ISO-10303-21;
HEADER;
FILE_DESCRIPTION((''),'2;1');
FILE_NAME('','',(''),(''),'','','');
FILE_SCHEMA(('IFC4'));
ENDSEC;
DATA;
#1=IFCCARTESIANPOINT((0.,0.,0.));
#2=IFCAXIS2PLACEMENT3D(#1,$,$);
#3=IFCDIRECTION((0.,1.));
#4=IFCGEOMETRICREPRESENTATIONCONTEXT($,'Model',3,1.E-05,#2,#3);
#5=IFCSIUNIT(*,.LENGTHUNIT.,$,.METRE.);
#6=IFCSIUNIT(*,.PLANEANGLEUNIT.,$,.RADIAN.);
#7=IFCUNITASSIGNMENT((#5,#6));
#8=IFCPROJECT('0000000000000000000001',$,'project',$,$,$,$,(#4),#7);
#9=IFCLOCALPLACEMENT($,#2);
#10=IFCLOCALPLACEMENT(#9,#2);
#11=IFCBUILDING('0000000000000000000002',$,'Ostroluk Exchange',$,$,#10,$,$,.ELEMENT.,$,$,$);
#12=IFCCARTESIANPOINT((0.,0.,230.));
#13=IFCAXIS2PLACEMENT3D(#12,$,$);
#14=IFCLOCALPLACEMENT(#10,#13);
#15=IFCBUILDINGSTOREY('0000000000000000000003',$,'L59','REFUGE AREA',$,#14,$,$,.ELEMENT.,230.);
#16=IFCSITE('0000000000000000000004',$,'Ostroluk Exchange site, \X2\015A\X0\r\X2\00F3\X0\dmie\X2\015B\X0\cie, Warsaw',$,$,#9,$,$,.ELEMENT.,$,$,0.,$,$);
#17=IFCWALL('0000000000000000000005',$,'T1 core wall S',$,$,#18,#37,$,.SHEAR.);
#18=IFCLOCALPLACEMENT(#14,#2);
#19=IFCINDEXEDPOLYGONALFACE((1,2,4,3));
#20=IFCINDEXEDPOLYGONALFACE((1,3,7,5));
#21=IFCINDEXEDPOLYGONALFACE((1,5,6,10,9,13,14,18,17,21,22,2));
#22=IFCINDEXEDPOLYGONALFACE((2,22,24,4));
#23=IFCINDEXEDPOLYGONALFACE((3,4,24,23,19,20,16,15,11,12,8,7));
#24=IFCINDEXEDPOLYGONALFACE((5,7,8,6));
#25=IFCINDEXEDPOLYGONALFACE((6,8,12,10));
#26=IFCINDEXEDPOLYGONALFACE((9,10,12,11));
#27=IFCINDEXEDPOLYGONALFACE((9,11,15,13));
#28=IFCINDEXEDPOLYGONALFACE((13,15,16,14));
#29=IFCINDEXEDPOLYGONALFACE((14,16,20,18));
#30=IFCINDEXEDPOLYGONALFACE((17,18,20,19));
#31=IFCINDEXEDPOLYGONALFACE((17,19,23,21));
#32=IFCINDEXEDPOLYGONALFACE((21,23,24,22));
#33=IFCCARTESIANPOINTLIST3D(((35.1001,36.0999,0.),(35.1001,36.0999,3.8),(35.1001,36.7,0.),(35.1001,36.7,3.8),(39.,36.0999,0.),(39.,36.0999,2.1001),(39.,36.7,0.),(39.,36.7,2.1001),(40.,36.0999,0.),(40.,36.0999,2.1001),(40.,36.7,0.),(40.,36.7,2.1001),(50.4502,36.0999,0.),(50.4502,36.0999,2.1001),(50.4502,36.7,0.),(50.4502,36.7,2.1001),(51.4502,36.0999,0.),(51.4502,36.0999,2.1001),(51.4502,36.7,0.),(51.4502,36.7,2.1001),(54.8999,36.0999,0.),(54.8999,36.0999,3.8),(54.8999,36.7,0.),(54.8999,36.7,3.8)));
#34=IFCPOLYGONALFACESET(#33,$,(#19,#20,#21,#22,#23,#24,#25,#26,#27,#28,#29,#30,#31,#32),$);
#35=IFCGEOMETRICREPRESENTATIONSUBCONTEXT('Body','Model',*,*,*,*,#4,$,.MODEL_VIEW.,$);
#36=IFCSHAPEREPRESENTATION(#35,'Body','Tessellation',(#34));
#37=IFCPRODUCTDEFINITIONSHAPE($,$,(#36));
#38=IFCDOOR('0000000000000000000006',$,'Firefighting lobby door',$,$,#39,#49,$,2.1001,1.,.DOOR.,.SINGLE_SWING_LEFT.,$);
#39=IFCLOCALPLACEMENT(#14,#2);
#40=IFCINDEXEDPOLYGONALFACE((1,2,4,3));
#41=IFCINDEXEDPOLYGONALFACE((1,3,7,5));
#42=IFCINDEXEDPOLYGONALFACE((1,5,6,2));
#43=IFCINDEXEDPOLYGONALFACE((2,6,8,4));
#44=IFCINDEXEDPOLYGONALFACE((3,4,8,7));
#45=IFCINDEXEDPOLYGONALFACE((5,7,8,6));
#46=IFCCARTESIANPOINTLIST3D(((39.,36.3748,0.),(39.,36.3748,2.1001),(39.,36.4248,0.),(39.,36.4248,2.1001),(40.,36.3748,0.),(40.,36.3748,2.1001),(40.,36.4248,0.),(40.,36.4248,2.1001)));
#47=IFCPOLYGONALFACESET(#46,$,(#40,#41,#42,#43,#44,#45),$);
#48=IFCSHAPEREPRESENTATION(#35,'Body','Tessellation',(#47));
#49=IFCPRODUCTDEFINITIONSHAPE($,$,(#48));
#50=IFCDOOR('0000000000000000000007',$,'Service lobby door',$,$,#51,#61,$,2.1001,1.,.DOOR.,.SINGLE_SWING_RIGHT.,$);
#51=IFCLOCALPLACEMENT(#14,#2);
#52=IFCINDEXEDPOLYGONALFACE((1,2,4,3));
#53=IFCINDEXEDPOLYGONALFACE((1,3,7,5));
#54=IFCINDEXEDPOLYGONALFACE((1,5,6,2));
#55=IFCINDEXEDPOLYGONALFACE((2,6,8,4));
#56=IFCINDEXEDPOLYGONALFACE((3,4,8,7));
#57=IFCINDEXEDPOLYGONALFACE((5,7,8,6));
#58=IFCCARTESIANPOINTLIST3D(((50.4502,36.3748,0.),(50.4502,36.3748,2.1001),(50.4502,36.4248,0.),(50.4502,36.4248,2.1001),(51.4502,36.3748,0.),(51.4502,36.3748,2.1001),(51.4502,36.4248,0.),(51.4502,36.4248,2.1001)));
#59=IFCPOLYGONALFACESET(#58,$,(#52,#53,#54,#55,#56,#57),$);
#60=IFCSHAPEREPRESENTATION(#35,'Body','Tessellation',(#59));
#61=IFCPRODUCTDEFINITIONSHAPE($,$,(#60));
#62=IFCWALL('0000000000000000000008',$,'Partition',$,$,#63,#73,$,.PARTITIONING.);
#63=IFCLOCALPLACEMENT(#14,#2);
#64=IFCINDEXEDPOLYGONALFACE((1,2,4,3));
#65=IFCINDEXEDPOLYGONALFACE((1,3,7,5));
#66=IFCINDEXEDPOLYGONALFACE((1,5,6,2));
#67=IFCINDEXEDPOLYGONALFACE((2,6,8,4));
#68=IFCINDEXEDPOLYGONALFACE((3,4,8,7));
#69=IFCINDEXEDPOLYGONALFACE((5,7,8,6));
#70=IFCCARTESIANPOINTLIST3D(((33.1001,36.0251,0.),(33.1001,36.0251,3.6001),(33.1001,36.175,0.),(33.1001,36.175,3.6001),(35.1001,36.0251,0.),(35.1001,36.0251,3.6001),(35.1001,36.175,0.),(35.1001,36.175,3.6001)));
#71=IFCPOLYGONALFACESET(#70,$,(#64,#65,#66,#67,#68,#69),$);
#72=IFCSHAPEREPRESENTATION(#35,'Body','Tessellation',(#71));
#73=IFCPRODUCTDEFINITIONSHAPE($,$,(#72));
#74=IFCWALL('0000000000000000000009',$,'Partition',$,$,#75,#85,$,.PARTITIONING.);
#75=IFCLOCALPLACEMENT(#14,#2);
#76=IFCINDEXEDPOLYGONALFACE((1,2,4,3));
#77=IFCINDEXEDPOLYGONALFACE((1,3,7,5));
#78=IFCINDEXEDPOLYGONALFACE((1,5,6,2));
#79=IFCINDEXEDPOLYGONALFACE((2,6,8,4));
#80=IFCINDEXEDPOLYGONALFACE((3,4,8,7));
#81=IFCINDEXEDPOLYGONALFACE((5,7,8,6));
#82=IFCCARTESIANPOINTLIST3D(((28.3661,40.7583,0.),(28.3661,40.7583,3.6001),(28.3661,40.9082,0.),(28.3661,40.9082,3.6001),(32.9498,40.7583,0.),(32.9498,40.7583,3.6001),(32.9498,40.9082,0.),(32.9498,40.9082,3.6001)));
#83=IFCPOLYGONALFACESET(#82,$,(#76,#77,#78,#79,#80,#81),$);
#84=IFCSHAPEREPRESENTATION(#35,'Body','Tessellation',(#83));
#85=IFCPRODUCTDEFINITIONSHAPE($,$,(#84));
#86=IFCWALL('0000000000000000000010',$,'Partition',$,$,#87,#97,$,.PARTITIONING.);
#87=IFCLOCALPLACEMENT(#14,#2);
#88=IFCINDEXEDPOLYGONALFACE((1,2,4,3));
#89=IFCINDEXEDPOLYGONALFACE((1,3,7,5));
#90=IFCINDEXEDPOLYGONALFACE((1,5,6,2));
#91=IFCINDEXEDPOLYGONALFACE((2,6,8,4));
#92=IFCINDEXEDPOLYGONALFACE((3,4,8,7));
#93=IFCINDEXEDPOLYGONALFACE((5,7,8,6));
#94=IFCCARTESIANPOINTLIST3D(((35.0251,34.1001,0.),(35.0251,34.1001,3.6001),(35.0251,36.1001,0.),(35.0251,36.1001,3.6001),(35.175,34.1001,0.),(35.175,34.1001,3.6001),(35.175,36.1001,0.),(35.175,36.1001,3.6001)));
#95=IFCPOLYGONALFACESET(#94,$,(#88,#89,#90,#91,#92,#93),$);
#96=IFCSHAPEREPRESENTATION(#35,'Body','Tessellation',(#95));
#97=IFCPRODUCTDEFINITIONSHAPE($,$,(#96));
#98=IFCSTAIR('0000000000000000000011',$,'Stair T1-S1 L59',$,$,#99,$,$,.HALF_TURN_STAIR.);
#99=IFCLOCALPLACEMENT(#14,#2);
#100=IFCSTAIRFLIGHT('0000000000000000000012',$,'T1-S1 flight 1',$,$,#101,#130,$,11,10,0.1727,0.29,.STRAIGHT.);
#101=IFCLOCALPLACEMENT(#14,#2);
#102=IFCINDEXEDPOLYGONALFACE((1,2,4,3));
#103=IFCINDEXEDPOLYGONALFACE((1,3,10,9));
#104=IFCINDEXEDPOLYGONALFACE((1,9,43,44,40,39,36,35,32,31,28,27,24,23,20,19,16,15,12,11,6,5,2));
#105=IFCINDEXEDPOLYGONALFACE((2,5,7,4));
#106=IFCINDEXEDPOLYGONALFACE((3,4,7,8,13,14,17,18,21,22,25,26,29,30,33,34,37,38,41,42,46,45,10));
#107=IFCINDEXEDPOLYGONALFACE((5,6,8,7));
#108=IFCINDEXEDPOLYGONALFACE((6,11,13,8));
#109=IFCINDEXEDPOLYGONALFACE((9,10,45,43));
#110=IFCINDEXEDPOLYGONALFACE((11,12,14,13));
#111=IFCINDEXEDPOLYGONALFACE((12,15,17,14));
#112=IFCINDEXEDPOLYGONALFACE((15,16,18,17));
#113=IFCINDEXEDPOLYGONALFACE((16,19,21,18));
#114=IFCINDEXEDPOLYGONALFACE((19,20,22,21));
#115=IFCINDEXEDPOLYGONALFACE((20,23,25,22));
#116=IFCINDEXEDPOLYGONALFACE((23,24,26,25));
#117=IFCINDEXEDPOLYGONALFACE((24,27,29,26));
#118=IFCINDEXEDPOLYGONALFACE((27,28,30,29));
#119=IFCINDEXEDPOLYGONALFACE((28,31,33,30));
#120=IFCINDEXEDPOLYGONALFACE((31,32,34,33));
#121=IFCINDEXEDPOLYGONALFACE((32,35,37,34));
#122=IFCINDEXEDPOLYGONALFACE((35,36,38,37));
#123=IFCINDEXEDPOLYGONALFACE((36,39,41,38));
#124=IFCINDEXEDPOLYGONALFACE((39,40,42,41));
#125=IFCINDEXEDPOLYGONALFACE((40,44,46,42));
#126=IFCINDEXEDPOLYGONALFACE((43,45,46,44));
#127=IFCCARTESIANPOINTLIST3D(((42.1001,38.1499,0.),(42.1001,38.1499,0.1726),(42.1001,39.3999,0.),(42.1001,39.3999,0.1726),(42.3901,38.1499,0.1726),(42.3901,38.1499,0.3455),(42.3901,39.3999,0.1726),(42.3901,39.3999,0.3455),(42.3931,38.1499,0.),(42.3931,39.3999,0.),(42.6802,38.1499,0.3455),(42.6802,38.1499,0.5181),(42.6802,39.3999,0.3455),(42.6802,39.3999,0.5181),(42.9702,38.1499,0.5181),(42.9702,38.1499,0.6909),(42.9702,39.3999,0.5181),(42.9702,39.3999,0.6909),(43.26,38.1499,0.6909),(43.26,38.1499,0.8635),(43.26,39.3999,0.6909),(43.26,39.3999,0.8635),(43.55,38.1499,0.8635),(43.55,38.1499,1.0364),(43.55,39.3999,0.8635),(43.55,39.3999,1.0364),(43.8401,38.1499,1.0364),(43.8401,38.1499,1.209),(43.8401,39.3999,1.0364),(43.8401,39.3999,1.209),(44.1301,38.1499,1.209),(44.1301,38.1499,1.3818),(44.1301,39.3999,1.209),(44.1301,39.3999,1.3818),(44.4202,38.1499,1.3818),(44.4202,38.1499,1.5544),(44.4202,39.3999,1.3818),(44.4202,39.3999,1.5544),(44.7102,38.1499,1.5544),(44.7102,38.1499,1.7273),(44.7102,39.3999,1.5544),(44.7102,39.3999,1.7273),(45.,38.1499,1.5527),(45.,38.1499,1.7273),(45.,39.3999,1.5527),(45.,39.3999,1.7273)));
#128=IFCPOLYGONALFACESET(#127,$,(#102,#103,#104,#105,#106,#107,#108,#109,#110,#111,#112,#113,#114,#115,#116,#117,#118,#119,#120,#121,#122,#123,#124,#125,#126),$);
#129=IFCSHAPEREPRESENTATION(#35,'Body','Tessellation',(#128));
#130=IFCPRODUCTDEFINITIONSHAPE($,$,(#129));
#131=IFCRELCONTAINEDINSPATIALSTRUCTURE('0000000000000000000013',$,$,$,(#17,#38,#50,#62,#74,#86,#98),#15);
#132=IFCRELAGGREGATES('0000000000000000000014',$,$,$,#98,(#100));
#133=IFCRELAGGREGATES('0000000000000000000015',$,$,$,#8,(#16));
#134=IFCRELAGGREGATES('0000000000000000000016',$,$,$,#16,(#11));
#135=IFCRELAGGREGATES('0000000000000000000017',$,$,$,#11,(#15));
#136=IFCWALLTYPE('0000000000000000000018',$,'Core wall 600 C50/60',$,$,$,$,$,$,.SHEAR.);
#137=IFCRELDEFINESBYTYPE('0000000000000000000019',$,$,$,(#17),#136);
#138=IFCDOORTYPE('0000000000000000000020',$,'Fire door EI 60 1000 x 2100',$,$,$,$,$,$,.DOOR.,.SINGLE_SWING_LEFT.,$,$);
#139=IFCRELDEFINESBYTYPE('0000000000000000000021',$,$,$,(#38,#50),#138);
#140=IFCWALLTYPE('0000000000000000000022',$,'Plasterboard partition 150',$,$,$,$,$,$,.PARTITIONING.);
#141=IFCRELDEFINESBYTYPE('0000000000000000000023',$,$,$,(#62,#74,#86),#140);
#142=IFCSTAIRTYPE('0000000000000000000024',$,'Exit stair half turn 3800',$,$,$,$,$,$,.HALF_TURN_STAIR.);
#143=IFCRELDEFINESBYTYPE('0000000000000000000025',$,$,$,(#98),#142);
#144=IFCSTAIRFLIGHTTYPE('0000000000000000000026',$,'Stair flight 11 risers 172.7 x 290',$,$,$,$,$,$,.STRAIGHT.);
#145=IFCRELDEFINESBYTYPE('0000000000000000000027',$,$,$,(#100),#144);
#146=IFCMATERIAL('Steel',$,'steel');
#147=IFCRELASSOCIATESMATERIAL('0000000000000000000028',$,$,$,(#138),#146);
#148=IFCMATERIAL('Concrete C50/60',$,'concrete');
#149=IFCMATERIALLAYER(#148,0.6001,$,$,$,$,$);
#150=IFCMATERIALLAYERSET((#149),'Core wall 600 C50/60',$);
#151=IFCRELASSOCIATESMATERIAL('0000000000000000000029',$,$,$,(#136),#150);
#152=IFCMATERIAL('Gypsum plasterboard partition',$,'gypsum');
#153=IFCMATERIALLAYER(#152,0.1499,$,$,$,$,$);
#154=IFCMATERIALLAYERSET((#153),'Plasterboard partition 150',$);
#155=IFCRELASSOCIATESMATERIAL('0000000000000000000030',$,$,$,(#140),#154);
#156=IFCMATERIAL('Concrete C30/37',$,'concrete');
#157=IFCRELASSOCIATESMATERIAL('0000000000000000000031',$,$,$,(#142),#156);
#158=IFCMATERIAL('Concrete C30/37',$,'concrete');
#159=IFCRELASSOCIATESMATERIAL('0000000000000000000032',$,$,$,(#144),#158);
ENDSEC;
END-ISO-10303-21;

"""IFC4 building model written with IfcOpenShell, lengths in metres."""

from ifc_helpers import new_model, si_unit, direction, frame, frame_2d, origin, place, context, subcontext, project, spatial, polyline, rectangle, outline, extrude, material, layer, layer_set, type_object, element, fill, aggregate, save


model = new_model("IFC4")

# Units and contexts
model_context = context("Model", 3, precision=1e-05, world=origin(), true_north=direction((0.0, 1.0)))
body_context = subcontext(model_context, "Body", "Model", "MODEL_VIEW")
ifc_project = project(units=[si_unit("LENGTHUNIT", "METRE"), si_unit("PLANEANGLEUNIT", "RADIAN")], contexts=[model_context])

# Site, building, storey
site_placement = place(None, origin())
site = spatial("IfcSite", under=ifc_project, at=site_placement, Name="Ostroluk Exchange site, Śródmieście, Warsaw", CompositionType="ELEMENT", RefElevation=0.0)
building_placement = place(site_placement, origin())
building = spatial("IfcBuilding", under=site, at=building_placement, Name="Ostroluk Exchange", CompositionType="ELEMENT")
storey_placement = place(building_placement, frame((0.0, 0.0, 230.0)))
storey = spatial("IfcBuildingStorey", under=building, at=storey_placement, Name="L59", Description="REFUGE AREA", CompositionType="ELEMENT", Elevation=230.0)

# Shared definitions
ifc_material_1 = material(Name="Steel", Category="steel")
door_type_1 = type_object("IfcDoorType", Name="Fire door EI 60 1000 x 2100", OperationType="SINGLE_SWING_LEFT", PredefinedType="DOOR", material=ifc_material_1)

# Wall, openings, doors
ifc_material_2 = material(Name="Concrete C50/60", Category="concrete")
ifc_layer_1 = layer(ifc_material_2, 0.6001)
ifc_layer_set_1 = layer_set([ifc_layer_1], Name="Core wall 600 C50/60")
wall_type_1 = type_object("IfcWallType", Name="Core wall 600 C50/60", PredefinedType="SHEAR", material=ifc_layer_set_1)
wall_1_placement = place(storey_placement, frame((35.1001, 36.3999, 0.0), z_axis=(0.0, 0.0, 1.0), x_axis=(1.0, 0.0, 0.0)))
wall_1 = element("IfcWall", 1, at=wall_1_placement, inside=storey, type_object=wall_type_1, Name="T1 core wall S", PredefinedType="SHEAR", context=body_context, shape_type="SweptSolid", body=[
    extrude(rectangle(XDim=19.7998, YDim=0.6001, at=frame_2d((9.8999, 0.0))), origin(), (0.0, 0.0, 1.0), 3.8),
])
opening_1_placement = place(wall_1_placement, frame((3.8999, 0.0, 0.0)))
opening_1 = element("IfcOpeningElement", 2, at=opening_1_placement, cuts=wall_1, PredefinedType="OPENING", context=body_context, shape_type="SweptSolid", body=[
    extrude(rectangle(XDim=1.0, YDim=2.1001, at=frame_2d((0.5, 1.05))), frame((0.0, 0.3101, 0.0), z_axis=(0.0, -1.0, 0.0), x_axis=(1.0, 0.0, 0.0)), (0.0, 0.0, 1.0), 0.6201),
])
opening_2_placement = place(wall_1_placement, frame((15.3501, 0.0, 0.0)))
opening_2 = element("IfcOpeningElement", 3, at=opening_2_placement, cuts=wall_1, PredefinedType="OPENING", context=body_context, shape_type="SweptSolid", body=[
    extrude(rectangle(XDim=1.0, YDim=2.1001, at=frame_2d((0.5, 1.05))), frame((0.0, 0.3101, 0.0), z_axis=(0.0, -1.0, 0.0), x_axis=(1.0, 0.0, 0.0)), (0.0, 0.0, 1.0), 0.6201),
])
door_1_placement = place(opening_1_placement, origin())
door_1 = element("IfcDoor", 4, at=door_1_placement, inside=storey, type_object=door_type_1, Name="Firefighting lobby door", OperationType="SINGLE_SWING_LEFT", OverallHeight=2.1001, OverallWidth=1.0, PredefinedType="DOOR", context=body_context, shape_type="SweptSolid", body=[
    extrude(rectangle(XDim=1.0, YDim=2.1001, at=frame_2d((0.5, 1.05))), frame((0.0, 0.0249, 0.0), z_axis=(0.0, -1.0, 0.0), x_axis=(1.0, 0.0, 0.0)), (0.0, 0.0, 1.0), 0.05),
])
fill(opening_1, door_1)
door_2_placement = place(opening_2_placement, origin())
door_2 = element("IfcDoor", 5, at=door_2_placement, inside=storey, type_object=door_type_1, Name="Service lobby door", OperationType="SINGLE_SWING_RIGHT", OverallHeight=2.1001, OverallWidth=1.0, PredefinedType="DOOR", context=body_context, shape_type="SweptSolid", body=[
    extrude(rectangle(XDim=1.0, YDim=2.1001, at=frame_2d((0.5, 1.05))), frame((0.0, 0.0249, 0.0), z_axis=(0.0, -1.0, 0.0), x_axis=(1.0, 0.0, 0.0)), (0.0, 0.0, 1.0), 0.05),
])
fill(opening_2, door_2)

# Walls
ifc_material_3 = material(Name="Gypsum plasterboard partition", Category="gypsum")
ifc_layer_2 = layer(ifc_material_3, 0.1499)
ifc_layer_set_2 = layer_set([ifc_layer_2], Name="Plasterboard partition 150")
wall_type_2 = type_object("IfcWallType", Name="Plasterboard partition 150", PredefinedType="PARTITIONING", material=ifc_layer_set_2)
wall_2_placement = place(storey_placement, frame((35.1001, 36.1001, 0.0), z_axis=(0.0, 0.0, 1.0), x_axis=(-1.0, 0.0, 0.0)))
element("IfcWall", 6, at=wall_2_placement, inside=storey, type_object=wall_type_2, Name="Partition", PredefinedType="PARTITIONING", context=body_context, shape_type="SweptSolid", body=[
    extrude(rectangle(XDim=2.0, YDim=0.1499, at=frame_2d((1.0, 0.0))), origin(), (0.0, 0.0, 1.0), 3.6001),
])
wall_3_placement = place(storey_placement, frame((32.95, 40.8333, 0.0), z_axis=(0.0, 0.0, 1.0), x_axis=(-1.0, 0.0, 0.0)))
element("IfcWall", 7, at=wall_3_placement, inside=storey, type_object=wall_type_2, Name="Partition", PredefinedType="PARTITIONING", context=body_context, shape_type="SweptSolid", body=[
    extrude(rectangle(XDim=4.5837, YDim=0.1499, at=frame_2d((2.292, 0.0))), origin(), (0.0, 0.0, 1.0), 3.6001),
])
wall_4_placement = place(storey_placement, frame((35.1001, 36.1001, 0.0), z_axis=(0.0, 0.0, 1.0), x_axis=(0.0, -1.0, 0.0)))
element("IfcWall", 8, at=wall_4_placement, inside=storey, type_object=wall_type_2, Name="Partition", PredefinedType="PARTITIONING", context=body_context, shape_type="SweptSolid", body=[
    extrude(rectangle(XDim=2.0, YDim=0.1499, at=frame_2d((1.0, 0.0))), origin(), (0.0, 0.0, 1.0), 3.6001),
])

# Stair, stair flight
ifc_material_4 = material(Name="Concrete C30/37", Category="concrete")
stair_type = type_object("IfcStairType", Name="Exit stair half turn 3800", PredefinedType="HALF_TURN_STAIR", material=ifc_material_4)
stair_placement = place(storey_placement, origin())
stair = element("IfcStair", 9, at=stair_placement, inside=storey, type_object=stair_type, Name="Stair T1-S1 L59", PredefinedType="HALF_TURN_STAIR")
ifc_material_5 = material(Name="Concrete C30/37", Category="concrete")
stair_flight_type = type_object("IfcStairFlightType", Name="Stair flight 11 risers 172.7 x 290", PredefinedType="STRAIGHT", material=ifc_material_5)
stair_flight_placement = place(storey_placement, frame((42.1001, 38.7749, 0.0), z_axis=(0.0, 0.0, 1.0), x_axis=(1.0, 0.0, 0.0)))
stair_flight = element("IfcStairFlight", 10, at=stair_flight_placement, type_object=stair_flight_type, Name="T1-S1 flight 1", NumberOfRisers=11, NumberOfTreads=10, PredefinedType="STRAIGHT", RiserHeight=0.1727, TreadLength=0.29, context=body_context, shape_type="SweptSolid", body=[
    extrude(outline(polyline([(0.0, 0.0), (0.0, 0.1726), (0.29, 0.1726), (0.29, 0.3455), (0.5801, 0.3455), (0.5801, 0.5181), (0.8701, 0.5181), (0.8701, 0.6909), (1.1599, 0.6909), (1.1599, 0.8635), (1.45, 0.8635), (1.45, 1.0364), (1.74, 1.0364), (1.74, 1.209), (2.03, 1.209), (2.03, 1.3818), (2.3201, 1.3818), (2.3201, 1.5544), (2.6101, 1.5544), (2.6101, 1.7273), (2.8999, 1.7273), (2.8999, 1.8999), (2.8999, 1.5527), (0.293, 0.0), (0.0, 0.0)])), frame((0.0, 0.625, 0.0), z_axis=(0.0, -1.0, 0.0), x_axis=(1.0, 0.0, 0.0)), (0.0, 0.0, 1.0), 1.25),
])
aggregate(stair, [stair_flight])

save(model, "model.ifc")
